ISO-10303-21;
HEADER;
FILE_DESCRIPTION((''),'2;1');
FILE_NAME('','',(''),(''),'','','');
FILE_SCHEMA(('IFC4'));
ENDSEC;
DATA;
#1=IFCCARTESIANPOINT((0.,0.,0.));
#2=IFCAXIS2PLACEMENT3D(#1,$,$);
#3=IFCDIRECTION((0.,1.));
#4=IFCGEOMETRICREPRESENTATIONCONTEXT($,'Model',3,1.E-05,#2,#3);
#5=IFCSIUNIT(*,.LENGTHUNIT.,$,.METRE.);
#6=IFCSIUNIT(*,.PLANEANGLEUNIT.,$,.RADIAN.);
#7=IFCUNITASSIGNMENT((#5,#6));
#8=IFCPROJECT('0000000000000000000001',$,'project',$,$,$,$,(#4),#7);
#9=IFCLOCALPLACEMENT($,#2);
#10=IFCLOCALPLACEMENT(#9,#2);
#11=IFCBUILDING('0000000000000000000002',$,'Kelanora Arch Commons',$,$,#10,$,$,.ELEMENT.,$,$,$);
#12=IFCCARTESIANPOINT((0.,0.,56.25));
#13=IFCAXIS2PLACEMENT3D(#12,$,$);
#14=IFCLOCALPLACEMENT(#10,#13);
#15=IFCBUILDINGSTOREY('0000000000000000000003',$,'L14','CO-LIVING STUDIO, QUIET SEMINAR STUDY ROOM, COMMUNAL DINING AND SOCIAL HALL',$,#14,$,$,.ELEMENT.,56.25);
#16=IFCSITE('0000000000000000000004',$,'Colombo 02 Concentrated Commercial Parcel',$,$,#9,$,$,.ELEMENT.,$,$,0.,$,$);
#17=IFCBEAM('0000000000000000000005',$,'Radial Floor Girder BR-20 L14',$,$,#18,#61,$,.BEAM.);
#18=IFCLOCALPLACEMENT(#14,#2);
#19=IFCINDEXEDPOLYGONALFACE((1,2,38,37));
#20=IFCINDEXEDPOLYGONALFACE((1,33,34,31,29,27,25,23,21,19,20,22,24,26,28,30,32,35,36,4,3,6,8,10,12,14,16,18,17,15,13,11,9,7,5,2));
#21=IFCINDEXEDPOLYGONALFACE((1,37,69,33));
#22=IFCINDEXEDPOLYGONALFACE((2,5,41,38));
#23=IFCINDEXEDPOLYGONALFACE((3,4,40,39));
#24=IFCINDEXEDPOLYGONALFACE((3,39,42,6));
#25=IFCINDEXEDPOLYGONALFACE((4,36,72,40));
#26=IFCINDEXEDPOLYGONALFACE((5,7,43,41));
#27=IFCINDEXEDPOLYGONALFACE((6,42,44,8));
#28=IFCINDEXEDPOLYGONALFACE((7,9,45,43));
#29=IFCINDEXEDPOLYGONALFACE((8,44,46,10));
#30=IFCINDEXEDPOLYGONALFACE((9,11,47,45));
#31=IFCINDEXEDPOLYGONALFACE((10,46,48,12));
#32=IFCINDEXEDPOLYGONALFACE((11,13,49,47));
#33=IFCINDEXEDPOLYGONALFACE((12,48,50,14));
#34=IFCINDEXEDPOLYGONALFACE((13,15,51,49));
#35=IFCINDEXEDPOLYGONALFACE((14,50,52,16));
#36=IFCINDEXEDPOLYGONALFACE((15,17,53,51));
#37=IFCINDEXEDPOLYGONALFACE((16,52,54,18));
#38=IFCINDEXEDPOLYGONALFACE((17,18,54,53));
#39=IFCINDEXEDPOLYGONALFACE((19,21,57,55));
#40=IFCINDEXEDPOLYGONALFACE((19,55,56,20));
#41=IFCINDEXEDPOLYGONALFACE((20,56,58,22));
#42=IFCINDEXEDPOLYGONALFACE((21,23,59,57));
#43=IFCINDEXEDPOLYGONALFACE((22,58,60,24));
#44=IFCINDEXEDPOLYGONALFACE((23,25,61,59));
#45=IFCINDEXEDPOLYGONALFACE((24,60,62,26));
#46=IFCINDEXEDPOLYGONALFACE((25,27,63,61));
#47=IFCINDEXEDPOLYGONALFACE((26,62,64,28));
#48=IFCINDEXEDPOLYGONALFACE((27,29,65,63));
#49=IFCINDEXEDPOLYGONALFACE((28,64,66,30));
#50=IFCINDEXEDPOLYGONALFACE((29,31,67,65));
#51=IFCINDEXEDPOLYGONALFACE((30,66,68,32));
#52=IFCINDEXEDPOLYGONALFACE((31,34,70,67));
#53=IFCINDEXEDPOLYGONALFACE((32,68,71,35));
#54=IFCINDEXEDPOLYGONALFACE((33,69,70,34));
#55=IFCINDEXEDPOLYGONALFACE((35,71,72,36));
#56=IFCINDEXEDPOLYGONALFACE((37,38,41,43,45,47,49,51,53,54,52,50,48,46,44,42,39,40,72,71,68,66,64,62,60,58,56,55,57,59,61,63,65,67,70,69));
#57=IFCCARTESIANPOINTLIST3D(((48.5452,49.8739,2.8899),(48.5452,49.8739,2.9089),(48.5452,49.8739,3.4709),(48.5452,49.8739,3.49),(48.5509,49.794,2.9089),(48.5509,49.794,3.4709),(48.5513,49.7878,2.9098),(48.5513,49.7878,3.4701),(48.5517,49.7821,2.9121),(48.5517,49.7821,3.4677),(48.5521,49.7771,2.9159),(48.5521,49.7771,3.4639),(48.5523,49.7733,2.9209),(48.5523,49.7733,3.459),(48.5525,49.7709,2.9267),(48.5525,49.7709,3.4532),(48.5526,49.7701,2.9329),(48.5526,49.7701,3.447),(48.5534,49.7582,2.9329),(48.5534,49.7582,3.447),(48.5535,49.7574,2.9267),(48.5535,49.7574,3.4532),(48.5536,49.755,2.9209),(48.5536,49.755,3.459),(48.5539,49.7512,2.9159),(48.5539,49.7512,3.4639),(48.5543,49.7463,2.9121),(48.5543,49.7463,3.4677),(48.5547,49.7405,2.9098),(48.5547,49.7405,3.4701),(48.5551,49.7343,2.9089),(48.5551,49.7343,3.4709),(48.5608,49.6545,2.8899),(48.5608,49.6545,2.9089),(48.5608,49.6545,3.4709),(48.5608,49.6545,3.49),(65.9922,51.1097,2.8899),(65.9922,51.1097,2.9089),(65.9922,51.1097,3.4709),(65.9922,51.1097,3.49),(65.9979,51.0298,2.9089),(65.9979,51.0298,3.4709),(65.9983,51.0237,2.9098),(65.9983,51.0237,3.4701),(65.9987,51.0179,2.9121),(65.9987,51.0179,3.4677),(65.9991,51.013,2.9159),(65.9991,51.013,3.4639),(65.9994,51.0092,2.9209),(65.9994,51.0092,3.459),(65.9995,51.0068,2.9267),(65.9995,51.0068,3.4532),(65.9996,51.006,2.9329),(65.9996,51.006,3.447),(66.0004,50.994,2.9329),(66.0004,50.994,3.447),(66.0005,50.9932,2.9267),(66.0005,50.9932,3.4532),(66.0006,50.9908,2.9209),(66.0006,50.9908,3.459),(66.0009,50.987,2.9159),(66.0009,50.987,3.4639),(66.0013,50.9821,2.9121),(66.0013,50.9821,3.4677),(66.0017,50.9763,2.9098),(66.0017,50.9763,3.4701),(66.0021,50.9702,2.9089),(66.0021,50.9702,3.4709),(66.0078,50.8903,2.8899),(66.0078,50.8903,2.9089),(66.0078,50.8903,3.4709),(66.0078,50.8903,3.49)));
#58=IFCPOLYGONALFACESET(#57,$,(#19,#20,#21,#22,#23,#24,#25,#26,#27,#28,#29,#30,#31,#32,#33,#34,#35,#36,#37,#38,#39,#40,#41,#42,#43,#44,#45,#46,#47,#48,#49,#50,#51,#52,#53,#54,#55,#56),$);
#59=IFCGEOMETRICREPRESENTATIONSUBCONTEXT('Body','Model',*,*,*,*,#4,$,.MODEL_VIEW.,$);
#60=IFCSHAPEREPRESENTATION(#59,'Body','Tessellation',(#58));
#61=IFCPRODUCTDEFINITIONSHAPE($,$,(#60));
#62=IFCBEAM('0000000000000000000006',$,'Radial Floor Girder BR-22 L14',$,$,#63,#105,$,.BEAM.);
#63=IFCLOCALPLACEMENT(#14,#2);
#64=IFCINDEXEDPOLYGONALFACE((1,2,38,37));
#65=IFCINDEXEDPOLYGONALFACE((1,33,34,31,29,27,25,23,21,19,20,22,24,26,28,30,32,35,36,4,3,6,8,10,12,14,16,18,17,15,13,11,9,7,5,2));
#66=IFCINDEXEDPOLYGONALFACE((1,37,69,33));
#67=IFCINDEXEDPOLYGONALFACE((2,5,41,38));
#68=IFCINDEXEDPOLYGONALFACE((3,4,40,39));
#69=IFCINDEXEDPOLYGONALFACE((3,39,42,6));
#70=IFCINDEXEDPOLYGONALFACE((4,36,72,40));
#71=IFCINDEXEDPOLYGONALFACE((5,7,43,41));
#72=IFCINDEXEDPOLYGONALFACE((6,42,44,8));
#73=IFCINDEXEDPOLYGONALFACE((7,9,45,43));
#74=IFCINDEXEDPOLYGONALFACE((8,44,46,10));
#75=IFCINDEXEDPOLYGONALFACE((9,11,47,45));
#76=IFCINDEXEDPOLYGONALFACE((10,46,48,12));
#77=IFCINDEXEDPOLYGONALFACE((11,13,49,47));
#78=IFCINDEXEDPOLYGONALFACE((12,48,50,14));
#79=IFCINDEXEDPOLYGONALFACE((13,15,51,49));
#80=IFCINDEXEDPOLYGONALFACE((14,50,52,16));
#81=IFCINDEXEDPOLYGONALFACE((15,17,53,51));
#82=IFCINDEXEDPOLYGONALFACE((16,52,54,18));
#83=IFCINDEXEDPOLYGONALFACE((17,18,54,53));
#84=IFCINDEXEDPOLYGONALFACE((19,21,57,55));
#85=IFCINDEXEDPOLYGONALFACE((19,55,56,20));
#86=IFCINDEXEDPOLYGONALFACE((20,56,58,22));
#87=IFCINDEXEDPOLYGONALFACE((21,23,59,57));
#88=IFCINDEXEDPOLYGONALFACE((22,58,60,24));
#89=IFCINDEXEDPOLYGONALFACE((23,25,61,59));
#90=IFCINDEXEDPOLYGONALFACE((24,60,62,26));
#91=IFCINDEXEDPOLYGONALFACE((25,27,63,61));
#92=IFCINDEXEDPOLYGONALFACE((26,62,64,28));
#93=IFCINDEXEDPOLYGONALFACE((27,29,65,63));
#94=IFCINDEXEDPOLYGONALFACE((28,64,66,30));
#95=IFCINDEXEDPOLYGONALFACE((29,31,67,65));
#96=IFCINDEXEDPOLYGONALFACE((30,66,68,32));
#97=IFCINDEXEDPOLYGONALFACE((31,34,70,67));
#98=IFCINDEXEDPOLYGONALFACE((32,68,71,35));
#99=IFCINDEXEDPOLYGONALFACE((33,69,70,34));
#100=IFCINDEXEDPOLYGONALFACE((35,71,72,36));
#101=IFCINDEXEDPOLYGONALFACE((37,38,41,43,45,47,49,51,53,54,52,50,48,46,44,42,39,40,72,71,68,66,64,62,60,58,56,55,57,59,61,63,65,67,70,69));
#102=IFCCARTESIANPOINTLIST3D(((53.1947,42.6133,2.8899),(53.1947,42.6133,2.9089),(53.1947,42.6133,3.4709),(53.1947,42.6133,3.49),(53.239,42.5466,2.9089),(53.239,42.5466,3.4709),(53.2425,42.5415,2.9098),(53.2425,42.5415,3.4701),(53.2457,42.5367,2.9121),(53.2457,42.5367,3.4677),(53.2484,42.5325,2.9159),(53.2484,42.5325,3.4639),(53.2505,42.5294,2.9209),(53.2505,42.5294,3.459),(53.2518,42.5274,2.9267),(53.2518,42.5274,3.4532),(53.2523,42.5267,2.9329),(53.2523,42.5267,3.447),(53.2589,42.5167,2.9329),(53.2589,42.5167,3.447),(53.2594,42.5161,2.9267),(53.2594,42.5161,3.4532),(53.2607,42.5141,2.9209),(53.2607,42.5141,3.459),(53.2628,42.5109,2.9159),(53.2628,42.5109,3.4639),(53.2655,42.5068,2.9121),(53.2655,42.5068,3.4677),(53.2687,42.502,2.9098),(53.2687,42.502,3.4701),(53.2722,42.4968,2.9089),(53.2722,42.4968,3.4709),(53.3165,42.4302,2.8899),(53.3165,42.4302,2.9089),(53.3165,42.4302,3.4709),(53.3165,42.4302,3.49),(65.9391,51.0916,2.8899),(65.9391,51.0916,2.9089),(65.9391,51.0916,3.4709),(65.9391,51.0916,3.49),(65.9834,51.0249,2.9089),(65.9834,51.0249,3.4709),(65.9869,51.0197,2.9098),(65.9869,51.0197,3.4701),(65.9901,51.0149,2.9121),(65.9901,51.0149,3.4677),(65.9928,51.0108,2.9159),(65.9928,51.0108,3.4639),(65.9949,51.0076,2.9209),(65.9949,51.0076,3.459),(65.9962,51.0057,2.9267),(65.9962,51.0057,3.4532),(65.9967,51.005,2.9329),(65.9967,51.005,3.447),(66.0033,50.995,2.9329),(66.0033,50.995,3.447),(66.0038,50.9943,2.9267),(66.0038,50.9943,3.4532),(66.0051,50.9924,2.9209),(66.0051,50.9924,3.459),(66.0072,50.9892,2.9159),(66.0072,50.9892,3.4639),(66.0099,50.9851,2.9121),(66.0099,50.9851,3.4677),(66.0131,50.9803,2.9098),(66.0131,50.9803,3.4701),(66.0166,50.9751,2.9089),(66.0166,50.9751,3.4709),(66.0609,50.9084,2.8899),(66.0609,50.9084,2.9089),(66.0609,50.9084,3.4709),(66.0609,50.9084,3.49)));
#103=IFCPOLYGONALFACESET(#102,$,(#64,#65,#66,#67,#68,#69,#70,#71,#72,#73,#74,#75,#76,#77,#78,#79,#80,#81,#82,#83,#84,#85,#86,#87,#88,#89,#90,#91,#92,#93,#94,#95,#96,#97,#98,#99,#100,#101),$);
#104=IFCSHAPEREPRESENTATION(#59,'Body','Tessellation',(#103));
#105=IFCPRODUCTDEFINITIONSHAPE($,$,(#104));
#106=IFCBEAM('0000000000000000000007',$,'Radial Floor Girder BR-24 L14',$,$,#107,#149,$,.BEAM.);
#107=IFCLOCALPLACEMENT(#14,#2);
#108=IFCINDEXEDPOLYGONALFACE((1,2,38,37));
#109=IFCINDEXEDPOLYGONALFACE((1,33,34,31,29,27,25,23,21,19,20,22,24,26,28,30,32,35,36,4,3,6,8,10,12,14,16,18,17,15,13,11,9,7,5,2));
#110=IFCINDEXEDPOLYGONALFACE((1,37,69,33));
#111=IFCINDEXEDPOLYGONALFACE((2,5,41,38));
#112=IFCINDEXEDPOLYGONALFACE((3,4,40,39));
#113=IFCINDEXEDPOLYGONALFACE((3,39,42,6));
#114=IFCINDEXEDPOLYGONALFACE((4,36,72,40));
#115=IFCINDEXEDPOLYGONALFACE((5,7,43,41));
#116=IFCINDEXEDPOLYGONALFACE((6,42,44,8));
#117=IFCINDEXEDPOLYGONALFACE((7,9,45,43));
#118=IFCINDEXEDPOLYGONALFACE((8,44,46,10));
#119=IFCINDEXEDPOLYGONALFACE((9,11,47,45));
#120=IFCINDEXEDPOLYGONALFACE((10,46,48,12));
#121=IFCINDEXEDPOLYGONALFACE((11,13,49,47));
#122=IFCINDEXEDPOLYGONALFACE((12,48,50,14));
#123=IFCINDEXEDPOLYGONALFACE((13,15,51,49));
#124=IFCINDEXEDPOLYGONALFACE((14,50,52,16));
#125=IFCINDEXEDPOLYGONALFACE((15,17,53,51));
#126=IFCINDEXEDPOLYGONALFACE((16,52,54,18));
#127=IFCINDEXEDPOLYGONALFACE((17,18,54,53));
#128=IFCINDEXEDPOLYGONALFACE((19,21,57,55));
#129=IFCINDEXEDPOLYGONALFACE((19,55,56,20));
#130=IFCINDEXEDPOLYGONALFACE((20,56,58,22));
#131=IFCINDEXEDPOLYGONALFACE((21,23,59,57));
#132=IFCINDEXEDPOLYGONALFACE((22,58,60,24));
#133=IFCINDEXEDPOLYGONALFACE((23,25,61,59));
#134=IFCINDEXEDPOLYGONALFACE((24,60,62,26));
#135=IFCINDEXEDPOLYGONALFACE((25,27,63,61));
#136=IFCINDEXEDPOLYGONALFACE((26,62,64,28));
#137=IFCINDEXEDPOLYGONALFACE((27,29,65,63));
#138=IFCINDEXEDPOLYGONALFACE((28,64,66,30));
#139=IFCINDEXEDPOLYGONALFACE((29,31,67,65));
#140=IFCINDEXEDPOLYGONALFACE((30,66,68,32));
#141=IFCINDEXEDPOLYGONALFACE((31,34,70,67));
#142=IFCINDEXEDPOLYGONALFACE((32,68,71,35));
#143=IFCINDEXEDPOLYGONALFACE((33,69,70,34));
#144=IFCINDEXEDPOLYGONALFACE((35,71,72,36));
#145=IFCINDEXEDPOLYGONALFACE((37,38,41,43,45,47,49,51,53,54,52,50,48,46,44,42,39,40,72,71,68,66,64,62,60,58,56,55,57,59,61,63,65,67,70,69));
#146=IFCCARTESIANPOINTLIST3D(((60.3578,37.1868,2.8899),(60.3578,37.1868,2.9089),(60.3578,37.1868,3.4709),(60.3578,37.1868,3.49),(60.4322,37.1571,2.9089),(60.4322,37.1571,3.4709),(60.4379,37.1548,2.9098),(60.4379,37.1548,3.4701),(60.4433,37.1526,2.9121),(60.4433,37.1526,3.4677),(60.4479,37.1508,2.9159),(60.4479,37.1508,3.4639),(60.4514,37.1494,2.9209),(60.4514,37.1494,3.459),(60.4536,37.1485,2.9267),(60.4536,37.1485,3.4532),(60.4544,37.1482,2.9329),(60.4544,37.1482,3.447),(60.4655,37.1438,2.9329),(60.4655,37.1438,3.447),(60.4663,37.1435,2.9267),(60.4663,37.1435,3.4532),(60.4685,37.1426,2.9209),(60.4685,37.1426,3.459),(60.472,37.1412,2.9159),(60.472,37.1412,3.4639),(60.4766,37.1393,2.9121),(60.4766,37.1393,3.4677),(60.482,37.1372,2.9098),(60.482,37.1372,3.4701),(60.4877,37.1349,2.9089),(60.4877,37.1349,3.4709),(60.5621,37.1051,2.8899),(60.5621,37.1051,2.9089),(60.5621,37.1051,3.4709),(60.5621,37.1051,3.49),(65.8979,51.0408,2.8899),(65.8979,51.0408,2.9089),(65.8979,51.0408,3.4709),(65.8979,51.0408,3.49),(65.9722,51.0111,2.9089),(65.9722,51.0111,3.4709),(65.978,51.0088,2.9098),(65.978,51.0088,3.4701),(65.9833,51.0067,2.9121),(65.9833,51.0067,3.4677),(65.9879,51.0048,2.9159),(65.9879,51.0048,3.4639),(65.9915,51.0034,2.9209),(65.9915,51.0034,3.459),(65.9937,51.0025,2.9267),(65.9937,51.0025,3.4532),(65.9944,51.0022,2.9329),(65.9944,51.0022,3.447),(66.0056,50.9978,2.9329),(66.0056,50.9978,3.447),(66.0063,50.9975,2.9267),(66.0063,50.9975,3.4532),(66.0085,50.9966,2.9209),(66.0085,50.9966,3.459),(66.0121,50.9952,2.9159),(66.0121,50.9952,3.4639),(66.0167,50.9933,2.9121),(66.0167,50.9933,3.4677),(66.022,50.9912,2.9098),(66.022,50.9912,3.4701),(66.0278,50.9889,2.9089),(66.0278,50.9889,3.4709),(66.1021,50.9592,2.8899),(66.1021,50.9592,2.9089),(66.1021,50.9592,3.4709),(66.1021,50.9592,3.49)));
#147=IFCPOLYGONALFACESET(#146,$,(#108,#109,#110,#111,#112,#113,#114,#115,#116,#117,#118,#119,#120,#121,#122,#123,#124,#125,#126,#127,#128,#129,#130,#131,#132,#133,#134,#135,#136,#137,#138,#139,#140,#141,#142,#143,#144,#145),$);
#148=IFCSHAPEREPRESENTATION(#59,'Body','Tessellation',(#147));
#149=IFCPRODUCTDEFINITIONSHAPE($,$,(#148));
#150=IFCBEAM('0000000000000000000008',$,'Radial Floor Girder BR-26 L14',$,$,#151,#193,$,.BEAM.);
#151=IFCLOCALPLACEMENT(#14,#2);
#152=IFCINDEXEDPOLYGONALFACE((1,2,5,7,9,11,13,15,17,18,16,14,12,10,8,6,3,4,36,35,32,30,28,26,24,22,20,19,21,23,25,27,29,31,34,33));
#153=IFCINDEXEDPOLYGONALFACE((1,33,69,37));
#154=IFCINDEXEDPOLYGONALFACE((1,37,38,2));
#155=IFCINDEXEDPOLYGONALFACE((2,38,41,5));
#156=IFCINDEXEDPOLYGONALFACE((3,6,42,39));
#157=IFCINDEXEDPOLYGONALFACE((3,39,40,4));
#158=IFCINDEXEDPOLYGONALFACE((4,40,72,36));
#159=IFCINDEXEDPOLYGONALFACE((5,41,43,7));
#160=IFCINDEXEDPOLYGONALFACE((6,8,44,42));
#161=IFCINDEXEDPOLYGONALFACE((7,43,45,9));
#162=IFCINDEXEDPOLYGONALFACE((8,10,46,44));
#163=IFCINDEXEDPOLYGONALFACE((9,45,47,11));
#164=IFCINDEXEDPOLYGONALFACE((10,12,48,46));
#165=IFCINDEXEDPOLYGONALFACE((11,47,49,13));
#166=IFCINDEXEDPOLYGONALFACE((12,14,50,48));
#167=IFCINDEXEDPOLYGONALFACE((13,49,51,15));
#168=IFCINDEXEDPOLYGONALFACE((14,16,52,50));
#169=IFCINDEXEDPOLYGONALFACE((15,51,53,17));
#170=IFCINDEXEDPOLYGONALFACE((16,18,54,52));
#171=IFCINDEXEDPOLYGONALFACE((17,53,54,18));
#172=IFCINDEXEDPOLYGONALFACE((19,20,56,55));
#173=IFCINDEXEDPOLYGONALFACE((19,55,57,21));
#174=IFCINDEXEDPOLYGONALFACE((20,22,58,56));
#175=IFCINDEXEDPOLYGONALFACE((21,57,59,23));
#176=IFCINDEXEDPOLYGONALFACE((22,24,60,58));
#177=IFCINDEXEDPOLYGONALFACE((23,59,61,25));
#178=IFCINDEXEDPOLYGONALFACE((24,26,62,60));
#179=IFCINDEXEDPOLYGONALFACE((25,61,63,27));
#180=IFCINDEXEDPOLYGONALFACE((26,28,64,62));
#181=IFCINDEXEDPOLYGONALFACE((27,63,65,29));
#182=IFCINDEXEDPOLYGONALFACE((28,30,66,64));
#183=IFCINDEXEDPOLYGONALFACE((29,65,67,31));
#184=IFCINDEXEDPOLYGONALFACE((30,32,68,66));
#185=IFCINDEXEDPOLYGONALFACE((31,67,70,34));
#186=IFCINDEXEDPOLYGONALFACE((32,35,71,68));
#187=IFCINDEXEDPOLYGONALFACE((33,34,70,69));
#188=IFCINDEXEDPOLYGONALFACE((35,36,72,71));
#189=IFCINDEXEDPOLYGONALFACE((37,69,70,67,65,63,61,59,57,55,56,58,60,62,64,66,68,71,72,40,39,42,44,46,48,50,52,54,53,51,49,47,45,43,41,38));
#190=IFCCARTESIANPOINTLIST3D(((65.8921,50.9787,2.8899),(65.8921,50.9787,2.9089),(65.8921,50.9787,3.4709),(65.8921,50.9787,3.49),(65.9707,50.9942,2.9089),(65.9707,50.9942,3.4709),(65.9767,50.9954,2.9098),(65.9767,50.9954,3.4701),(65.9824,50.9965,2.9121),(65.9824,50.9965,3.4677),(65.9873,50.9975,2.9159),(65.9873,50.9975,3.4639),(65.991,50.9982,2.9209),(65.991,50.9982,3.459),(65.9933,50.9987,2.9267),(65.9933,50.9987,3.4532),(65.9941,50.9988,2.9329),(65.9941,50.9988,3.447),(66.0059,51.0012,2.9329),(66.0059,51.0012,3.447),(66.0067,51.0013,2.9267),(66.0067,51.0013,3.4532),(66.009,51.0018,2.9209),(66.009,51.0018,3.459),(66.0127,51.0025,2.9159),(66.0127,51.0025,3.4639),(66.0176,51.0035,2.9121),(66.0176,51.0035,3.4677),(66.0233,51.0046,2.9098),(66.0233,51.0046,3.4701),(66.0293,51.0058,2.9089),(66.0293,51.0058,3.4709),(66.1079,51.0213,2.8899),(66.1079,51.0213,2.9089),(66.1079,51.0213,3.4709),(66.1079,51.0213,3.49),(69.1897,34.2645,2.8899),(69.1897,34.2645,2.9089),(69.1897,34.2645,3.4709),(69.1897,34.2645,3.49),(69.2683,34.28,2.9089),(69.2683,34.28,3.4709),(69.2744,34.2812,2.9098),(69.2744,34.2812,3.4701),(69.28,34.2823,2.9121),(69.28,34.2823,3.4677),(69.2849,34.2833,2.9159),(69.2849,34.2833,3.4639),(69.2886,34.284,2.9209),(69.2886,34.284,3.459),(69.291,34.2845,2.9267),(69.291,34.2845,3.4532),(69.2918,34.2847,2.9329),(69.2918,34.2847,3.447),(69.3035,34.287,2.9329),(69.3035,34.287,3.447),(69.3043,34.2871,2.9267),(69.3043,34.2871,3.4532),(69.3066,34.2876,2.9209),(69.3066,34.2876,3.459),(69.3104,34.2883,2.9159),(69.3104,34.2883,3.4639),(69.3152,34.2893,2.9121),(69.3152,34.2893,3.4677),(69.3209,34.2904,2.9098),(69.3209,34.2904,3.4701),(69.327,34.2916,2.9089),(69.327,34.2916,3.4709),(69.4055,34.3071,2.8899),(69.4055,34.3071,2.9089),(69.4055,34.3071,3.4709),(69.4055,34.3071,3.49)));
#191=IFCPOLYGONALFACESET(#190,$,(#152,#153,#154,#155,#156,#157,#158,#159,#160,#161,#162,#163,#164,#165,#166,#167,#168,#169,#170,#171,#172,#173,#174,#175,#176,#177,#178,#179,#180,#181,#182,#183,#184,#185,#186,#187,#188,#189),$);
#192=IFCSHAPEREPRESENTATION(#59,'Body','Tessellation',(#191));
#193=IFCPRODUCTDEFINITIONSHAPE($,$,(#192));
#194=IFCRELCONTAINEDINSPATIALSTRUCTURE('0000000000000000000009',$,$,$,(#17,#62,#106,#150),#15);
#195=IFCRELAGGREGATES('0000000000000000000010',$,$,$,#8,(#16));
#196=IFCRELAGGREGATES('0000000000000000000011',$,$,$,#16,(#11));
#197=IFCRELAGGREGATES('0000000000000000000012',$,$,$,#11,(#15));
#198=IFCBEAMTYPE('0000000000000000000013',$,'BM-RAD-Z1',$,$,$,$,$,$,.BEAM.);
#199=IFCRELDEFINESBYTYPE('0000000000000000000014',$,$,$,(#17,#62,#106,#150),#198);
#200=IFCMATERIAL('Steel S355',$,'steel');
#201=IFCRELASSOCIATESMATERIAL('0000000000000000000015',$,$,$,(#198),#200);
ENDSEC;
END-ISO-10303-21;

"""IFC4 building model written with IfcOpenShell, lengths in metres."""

from ifc_helpers import new_model, si_unit, direction, frame, origin, origin_2d, place, context, subcontext, project, spatial, i_section, extrude, material, material_profile, profile_set, type_object, element, save


model = new_model("IFC4")

# Units and contexts
model_context = context("Model", 3, precision=1e-05, world=origin(), true_north=direction((0.0, 1.0)))
body_context = subcontext(model_context, "Body", "Model", "MODEL_VIEW")
ifc_project = project(units=[si_unit("LENGTHUNIT", "METRE"), si_unit("PLANEANGLEUNIT", "RADIAN")], contexts=[model_context])

# Site, building, storey
site_placement = place(None, origin())
site = spatial("IfcSite", under=ifc_project, at=site_placement, Name="Colombo 02 Concentrated Commercial Parcel", CompositionType="ELEMENT", RefElevation=0.0)
building_placement = place(site_placement, origin())
building = spatial("IfcBuilding", under=site, at=building_placement, Name="Kelanora Arch Commons", CompositionType="ELEMENT")
storey_placement = place(building_placement, frame((0.0, 0.0, 56.25)))
storey = spatial("IfcBuildingStorey", under=building, at=storey_placement, Name="L14", Description="CO-LIVING STUDIO, QUIET SEMINAR STUDY ROOM, COMMUNAL DINING AND SOCIAL HALL", CompositionType="ELEMENT", Elevation=56.25)

# Beams
ifc_material_1 = material(Name="Steel S355", Category="steel")
ifc_material_profile_1 = material_profile(ifc_material_1, i_section(OverallWidth=0.22, OverallDepth=0.6001, WebThickness=0.012, FlangeThickness=0.019, FilletRadius=0.0239, at=origin_2d()), Name="IPE600")
ifc_profile_set_1 = profile_set([ifc_material_profile_1], Name="Steel S355")
beam_type_1 = type_object("IfcBeamType", Name="BM-RAD-Z1", PredefinedType="BEAM", material=ifc_profile_set_1)
beam_1_placement = place(storey_placement, frame((66.0, 51.0, 3.1899), z_axis=(-0.997501, -0.070657, 0.0), x_axis=(0.070657, -0.997501, 0.0)))
element("IfcBeam", 1, at=beam_1_placement, inside=storey, type_object=beam_type_1, Name="Radial Floor Girder BR-20 L14", PredefinedType="BEAM", context=body_context, shape_type="SweptSolid", body=[
    extrude(i_section(OverallWidth=0.22, OverallDepth=0.6001, WebThickness=0.012, FlangeThickness=0.019, FilletRadius=0.0239, at=origin_2d()), origin(), (0.0, 0.0, 1.0), 17.4907),
])
beam_2_placement = place(storey_placement, frame((66.0, 51.0, 3.1899), z_axis=(-0.832592, -0.553886, 0.0), x_axis=(0.553886, -0.832592, 0.0)))
element("IfcBeam", 2, at=beam_2_placement, inside=storey, type_object=beam_type_1, Name="Radial Floor Girder BR-22 L14", PredefinedType="BEAM", context=body_context, shape_type="SweptSolid", body=[
    extrude(i_section(OverallWidth=0.22, OverallDepth=0.6001, WebThickness=0.012, FlangeThickness=0.019, FilletRadius=0.0239, at=origin_2d()), origin(), (0.0, 0.0, 1.0), 15.3069),
])
beam_3_placement = place(storey_placement, frame((66.0, 51.0, 3.1899), z_axis=(-0.3713, -0.928513, 0.0), x_axis=(0.928513, -0.3713, 0.0)))
element("IfcBeam", 3, at=beam_3_placement, inside=storey, type_object=beam_type_1, Name="Radial Floor Girder BR-24 L14", PredefinedType="BEAM", context=body_context, shape_type="SweptSolid", body=[
    extrude(i_section(OverallWidth=0.22, OverallDepth=0.6001, WebThickness=0.012, FlangeThickness=0.019, FilletRadius=0.0239, at=origin_2d()), origin(), (0.0, 0.0, 1.0), 14.9207),
])
beam_4_placement = place(storey_placement, frame((66.0, 51.0, 3.1899), z_axis=(0.193564, -0.981088, 0.0), x_axis=(0.981088, 0.193564, 0.0)))
element("IfcBeam", 4, at=beam_4_placement, inside=storey, type_object=beam_type_1, Name="Radial Floor Girder BR-26 L14", PredefinedType="BEAM", context=body_context, shape_type="SweptSolid", body=[
    extrude(i_section(OverallWidth=0.22, OverallDepth=0.6001, WebThickness=0.012, FlangeThickness=0.019, FilletRadius=0.0239, at=origin_2d()), origin(), (0.0, 0.0, 1.0), 17.0364),
])

save(model, "model.ifc")
